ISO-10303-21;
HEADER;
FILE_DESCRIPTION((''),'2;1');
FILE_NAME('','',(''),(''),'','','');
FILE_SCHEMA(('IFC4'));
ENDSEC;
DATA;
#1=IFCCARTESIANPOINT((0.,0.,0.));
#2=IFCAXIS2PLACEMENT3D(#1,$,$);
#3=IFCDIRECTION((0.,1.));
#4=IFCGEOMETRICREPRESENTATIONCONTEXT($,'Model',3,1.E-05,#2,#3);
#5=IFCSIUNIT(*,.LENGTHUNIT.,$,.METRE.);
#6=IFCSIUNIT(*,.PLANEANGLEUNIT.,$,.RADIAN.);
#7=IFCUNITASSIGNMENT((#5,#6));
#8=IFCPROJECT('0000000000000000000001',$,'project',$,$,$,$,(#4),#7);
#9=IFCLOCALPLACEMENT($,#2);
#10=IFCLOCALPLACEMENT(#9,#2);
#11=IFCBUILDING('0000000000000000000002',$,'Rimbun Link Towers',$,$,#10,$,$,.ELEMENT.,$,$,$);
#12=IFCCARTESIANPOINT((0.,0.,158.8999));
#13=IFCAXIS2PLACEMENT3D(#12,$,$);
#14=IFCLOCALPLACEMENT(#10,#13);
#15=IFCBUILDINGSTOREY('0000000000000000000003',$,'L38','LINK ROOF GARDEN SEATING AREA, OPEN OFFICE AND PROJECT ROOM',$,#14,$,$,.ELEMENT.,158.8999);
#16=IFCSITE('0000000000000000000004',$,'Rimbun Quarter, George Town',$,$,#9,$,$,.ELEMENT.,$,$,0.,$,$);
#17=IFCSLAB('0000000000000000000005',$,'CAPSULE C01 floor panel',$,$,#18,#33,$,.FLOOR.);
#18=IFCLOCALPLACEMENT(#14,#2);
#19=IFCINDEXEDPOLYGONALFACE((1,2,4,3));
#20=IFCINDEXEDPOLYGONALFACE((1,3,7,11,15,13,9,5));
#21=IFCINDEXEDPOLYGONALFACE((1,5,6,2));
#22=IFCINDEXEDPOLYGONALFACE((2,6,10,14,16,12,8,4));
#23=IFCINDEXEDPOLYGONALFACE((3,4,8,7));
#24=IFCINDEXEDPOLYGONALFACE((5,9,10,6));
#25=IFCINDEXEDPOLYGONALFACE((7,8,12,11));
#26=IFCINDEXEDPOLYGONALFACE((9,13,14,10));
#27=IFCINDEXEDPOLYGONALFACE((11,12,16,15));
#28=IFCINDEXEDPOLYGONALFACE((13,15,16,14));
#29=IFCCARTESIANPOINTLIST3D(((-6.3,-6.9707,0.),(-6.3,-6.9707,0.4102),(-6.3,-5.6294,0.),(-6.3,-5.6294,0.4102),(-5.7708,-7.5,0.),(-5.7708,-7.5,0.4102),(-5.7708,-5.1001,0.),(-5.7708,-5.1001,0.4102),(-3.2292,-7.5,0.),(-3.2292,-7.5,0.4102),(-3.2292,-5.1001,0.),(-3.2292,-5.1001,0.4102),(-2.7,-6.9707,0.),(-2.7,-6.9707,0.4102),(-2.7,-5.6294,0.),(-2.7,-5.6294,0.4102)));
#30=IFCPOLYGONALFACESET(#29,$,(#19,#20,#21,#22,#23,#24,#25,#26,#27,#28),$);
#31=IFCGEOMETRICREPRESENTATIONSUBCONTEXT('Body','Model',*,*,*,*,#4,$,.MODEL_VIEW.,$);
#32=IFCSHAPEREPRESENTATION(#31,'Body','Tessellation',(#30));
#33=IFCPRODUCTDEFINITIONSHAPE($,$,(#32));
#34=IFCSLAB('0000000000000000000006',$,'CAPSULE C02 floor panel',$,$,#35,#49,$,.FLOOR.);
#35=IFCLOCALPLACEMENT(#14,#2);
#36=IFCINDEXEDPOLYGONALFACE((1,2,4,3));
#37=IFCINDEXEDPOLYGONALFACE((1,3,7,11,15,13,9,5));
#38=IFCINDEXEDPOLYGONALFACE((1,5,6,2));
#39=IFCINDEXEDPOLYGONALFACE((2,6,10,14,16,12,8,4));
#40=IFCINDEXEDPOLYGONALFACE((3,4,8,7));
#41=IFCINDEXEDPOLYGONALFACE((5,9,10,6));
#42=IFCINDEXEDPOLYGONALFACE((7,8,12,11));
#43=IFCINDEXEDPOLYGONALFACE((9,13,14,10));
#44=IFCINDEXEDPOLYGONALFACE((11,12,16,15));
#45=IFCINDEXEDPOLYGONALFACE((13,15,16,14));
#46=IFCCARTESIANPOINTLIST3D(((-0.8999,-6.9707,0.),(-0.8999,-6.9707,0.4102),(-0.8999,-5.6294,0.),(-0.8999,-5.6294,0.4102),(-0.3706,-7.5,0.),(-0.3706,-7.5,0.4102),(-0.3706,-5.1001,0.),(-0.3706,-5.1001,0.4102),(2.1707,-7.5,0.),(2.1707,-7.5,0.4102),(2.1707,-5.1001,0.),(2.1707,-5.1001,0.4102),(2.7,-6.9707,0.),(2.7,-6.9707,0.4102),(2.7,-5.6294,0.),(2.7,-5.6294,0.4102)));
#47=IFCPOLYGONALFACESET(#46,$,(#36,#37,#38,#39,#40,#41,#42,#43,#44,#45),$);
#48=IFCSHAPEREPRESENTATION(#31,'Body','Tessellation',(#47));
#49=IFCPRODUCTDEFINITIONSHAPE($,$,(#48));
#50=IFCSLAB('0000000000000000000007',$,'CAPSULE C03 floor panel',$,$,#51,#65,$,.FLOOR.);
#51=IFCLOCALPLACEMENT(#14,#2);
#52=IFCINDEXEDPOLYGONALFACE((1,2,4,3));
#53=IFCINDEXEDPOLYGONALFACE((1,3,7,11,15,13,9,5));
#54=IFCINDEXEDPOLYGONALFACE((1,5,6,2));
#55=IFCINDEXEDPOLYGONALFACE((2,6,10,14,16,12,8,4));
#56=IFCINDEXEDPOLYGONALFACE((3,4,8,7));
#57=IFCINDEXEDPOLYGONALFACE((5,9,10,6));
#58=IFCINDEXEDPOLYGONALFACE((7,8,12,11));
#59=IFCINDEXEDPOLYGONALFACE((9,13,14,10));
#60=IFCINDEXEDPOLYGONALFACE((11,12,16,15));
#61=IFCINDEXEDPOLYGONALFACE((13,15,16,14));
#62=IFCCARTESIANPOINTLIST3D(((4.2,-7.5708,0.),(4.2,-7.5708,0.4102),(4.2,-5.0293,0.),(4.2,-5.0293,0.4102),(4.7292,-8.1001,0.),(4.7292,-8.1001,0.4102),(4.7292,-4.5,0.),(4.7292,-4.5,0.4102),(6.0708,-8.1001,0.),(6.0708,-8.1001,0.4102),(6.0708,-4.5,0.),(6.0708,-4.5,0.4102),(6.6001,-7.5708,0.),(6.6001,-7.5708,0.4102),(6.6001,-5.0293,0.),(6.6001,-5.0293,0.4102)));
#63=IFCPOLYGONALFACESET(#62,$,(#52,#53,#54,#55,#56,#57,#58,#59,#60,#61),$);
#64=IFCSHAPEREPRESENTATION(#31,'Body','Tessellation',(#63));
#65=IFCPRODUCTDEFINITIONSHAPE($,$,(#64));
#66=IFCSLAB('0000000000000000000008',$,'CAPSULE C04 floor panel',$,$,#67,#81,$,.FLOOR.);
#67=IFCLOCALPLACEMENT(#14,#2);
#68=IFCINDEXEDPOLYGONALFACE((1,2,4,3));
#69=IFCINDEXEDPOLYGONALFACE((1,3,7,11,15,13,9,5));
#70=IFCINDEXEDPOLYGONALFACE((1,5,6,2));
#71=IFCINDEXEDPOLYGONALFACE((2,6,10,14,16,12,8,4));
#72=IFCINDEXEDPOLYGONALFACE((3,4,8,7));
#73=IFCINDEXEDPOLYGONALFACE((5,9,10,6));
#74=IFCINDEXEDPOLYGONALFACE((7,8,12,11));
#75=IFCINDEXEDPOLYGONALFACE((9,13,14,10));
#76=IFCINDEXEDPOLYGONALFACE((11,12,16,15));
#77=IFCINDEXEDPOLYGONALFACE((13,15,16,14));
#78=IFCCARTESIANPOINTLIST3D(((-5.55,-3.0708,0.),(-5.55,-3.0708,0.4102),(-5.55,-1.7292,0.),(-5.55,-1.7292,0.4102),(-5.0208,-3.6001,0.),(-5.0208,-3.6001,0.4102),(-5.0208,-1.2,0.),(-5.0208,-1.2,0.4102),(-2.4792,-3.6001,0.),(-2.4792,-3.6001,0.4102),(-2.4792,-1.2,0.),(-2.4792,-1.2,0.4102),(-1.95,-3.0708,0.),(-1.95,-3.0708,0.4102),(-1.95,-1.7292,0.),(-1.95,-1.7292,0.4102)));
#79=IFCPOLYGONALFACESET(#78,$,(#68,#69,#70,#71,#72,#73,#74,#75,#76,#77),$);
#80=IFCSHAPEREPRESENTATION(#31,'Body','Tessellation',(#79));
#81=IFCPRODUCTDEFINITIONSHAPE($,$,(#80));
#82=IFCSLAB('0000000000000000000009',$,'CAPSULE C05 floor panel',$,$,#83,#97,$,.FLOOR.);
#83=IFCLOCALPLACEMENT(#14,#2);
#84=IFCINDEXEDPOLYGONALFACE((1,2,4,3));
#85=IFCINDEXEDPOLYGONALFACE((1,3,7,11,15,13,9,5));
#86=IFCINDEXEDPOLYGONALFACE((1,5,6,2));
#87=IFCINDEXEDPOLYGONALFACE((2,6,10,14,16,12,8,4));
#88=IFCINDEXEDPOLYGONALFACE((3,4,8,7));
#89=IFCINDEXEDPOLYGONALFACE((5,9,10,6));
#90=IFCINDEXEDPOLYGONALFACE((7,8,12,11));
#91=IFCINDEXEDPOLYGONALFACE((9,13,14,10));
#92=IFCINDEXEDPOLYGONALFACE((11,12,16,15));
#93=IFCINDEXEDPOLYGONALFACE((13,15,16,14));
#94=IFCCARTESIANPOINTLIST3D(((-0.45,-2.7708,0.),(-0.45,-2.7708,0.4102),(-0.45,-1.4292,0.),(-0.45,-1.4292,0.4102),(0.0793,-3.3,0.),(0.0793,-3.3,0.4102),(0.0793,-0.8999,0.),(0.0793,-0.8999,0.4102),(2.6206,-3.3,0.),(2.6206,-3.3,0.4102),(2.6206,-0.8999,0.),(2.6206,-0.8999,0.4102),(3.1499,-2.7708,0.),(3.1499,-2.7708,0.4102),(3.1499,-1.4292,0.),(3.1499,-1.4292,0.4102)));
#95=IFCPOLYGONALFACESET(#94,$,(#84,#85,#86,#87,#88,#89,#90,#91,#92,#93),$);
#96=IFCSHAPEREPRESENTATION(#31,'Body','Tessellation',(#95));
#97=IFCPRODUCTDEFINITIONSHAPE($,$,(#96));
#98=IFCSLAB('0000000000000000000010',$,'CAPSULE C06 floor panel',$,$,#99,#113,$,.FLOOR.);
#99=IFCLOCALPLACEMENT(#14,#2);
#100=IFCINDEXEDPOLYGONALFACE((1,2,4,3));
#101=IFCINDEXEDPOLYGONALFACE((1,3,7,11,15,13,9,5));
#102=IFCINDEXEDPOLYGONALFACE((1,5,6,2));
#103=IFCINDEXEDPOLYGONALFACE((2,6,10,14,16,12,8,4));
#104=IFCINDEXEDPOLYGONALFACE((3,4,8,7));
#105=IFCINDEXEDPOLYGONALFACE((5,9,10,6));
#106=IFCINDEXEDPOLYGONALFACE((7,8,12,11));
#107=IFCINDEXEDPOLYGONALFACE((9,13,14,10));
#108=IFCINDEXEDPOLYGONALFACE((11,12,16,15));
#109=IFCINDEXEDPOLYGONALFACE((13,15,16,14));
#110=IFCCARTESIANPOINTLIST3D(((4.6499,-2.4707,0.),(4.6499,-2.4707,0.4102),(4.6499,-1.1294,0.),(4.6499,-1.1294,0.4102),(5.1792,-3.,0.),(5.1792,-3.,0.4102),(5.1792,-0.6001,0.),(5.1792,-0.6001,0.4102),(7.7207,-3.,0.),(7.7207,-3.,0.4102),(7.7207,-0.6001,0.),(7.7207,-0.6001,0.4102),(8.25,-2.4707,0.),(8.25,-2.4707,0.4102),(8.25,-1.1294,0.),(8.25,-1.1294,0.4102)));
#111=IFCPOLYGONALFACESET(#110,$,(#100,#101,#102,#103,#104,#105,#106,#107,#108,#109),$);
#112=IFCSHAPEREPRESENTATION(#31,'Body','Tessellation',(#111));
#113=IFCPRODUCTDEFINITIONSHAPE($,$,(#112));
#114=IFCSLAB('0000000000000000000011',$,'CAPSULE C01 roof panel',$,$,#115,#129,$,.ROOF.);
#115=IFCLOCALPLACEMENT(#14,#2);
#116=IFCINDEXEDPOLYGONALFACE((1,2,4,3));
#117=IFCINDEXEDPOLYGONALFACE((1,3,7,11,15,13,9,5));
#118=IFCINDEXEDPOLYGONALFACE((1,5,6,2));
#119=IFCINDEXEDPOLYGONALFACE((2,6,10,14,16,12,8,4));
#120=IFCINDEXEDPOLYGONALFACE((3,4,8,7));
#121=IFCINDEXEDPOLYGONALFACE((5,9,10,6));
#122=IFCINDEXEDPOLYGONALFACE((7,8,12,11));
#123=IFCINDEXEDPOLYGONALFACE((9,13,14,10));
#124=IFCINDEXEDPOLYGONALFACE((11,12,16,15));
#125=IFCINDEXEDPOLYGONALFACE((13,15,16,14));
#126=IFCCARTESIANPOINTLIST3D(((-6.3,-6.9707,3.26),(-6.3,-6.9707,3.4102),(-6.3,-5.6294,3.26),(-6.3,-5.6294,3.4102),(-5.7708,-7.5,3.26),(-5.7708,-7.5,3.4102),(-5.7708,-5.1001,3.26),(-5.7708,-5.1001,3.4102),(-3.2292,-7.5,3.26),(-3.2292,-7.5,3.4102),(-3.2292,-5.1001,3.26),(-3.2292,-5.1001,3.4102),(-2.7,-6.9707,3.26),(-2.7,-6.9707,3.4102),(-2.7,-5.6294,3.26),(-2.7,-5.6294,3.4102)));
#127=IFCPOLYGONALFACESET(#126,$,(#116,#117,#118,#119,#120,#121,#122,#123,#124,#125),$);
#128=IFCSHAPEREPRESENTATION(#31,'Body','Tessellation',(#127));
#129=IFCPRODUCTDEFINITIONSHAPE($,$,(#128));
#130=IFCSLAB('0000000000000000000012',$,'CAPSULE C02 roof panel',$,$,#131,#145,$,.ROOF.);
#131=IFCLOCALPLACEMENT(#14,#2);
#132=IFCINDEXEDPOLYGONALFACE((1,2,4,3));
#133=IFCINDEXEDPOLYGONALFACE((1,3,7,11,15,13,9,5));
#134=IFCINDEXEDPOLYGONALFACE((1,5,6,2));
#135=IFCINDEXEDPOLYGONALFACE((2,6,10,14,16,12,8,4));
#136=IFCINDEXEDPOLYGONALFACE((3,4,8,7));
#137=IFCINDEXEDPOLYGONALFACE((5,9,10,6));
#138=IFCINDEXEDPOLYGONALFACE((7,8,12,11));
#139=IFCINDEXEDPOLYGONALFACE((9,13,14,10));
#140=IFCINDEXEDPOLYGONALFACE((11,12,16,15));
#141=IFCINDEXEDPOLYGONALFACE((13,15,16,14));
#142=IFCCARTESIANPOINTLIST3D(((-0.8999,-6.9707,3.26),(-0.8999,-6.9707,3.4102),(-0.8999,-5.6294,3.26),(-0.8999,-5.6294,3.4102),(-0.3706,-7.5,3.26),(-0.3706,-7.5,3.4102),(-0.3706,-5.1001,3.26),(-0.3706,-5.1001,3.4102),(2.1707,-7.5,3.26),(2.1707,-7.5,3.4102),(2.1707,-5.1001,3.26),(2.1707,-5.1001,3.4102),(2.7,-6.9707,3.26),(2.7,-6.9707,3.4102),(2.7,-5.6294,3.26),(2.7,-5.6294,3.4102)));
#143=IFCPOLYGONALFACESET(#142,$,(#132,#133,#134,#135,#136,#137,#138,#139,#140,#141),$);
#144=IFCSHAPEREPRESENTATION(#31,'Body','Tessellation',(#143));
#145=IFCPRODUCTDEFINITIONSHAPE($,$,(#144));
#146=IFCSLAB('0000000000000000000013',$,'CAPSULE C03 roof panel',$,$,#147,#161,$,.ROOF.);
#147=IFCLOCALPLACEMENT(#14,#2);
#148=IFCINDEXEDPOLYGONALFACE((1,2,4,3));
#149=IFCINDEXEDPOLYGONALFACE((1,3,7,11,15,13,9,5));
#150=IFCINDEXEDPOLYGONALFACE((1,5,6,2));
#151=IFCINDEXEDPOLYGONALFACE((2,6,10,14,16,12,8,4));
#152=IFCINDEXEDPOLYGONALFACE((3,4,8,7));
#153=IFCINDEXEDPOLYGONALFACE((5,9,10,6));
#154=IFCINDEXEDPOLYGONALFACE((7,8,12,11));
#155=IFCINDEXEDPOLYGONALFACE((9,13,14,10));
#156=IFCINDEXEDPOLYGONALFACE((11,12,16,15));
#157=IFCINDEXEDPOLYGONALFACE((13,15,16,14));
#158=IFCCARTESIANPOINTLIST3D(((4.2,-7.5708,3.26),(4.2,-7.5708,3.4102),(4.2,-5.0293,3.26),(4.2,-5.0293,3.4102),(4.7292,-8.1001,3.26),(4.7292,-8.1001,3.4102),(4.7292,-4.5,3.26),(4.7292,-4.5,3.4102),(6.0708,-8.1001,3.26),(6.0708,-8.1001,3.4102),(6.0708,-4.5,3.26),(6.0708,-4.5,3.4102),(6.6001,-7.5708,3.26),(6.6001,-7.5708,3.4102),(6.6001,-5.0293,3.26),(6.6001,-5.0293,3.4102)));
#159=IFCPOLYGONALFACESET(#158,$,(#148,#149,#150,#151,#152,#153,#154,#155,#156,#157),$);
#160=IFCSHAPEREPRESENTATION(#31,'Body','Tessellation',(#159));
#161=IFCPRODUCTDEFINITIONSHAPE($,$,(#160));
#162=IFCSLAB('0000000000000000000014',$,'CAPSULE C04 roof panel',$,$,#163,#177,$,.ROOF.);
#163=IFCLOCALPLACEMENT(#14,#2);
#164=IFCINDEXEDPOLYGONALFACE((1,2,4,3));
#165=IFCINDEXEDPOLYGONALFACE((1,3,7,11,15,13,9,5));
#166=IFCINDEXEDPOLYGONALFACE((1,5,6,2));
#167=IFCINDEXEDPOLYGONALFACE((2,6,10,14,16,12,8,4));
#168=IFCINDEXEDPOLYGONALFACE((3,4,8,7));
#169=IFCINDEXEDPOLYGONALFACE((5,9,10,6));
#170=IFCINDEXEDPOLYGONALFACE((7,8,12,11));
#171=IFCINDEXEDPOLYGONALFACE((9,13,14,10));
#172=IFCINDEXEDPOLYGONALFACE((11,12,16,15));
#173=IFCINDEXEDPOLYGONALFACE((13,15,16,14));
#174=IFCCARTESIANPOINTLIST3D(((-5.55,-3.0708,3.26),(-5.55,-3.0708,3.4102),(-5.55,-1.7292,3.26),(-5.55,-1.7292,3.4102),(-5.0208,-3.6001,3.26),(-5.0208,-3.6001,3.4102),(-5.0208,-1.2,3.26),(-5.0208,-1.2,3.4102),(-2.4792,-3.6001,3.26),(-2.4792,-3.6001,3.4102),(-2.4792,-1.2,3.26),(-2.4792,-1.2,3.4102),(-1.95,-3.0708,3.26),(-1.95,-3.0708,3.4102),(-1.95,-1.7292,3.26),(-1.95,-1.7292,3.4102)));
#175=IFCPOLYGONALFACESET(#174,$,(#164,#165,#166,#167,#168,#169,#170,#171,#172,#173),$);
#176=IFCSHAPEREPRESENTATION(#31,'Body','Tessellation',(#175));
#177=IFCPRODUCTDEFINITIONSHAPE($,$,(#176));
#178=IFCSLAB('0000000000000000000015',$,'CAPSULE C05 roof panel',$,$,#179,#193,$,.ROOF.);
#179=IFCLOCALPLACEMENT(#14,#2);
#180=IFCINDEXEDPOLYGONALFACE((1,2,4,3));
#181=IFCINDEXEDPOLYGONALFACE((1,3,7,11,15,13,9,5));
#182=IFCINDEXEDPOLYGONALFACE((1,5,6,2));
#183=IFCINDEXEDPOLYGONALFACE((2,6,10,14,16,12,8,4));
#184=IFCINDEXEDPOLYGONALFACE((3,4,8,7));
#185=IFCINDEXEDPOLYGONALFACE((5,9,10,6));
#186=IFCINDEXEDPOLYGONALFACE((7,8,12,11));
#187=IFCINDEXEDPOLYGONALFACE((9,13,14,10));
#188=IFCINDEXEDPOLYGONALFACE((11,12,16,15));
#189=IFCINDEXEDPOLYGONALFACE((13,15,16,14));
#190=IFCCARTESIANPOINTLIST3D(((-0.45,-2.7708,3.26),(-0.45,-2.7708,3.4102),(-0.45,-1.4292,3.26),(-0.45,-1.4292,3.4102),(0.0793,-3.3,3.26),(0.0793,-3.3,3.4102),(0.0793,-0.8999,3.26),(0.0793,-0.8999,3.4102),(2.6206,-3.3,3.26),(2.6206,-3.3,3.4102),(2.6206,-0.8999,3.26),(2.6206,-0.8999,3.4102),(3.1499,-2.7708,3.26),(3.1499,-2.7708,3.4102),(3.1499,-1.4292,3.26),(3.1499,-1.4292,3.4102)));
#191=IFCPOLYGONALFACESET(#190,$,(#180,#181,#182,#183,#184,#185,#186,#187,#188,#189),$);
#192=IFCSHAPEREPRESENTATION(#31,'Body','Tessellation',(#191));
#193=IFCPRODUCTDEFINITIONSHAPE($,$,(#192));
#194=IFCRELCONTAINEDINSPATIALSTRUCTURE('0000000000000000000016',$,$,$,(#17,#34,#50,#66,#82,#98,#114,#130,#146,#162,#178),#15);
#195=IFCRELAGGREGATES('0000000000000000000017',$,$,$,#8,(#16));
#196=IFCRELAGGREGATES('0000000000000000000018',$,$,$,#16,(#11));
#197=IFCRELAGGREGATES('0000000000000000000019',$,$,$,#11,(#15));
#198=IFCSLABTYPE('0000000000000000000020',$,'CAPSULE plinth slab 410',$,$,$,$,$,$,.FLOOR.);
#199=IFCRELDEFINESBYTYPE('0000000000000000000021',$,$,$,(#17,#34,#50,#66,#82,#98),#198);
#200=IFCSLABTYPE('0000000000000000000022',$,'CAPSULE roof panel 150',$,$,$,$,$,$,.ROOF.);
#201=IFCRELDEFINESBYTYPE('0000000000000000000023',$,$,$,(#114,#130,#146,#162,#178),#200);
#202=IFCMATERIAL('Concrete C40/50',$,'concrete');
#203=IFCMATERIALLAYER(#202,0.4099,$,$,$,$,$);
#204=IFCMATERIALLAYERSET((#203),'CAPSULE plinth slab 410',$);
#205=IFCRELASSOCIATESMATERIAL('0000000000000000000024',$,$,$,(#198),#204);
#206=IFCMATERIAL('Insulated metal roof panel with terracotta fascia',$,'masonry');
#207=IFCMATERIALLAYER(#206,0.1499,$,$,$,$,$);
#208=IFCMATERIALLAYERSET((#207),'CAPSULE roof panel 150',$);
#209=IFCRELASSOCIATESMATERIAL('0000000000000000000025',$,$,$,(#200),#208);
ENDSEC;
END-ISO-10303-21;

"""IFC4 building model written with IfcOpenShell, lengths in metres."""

from ifc_helpers import new_model, si_unit, direction, frame, origin, place, context, subcontext, project, spatial, polyline, outline, extrude, material, layer, layer_set, type_object, element, save


model = new_model("IFC4")

# Units and contexts
model_context = context("Model", 3, precision=1e-05, world=origin(), true_north=direction((0.0, 1.0)))
body_context = subcontext(model_context, "Body", "Model", "MODEL_VIEW")
ifc_project = project(units=[si_unit("LENGTHUNIT", "METRE"), si_unit("PLANEANGLEUNIT", "RADIAN")], contexts=[model_context])

# Site, building, storey
site_placement = place(None, origin())
site = spatial("IfcSite", under=ifc_project, at=site_placement, Name="Rimbun Quarter, George Town", CompositionType="ELEMENT", RefElevation=0.0)
building_placement = place(site_placement, origin())
building = spatial("IfcBuilding", under=site, at=building_placement, Name="Rimbun Link Towers", CompositionType="ELEMENT")
storey_placement = place(building_placement, frame((0.0, 0.0, 158.8999)))
storey = spatial("IfcBuildingStorey", under=building, at=storey_placement, Name="L38", Description="LINK ROOF GARDEN SEATING AREA, OPEN OFFICE AND PROJECT ROOM", CompositionType="ELEMENT", Elevation=158.8999)

# Slabs
ifc_material_1 = material(Name="Concrete C40/50", Category="concrete")
ifc_layer_1 = layer(ifc_material_1, 0.4099)
ifc_layer_set_1 = layer_set([ifc_layer_1], Name="CAPSULE plinth slab 410")
slab_type_1 = type_object("IfcSlabType", Name="CAPSULE plinth slab 410", PredefinedType="FLOOR", material=ifc_layer_set_1)
slab_1_placement = place(storey_placement, origin())
element("IfcSlab", 1, at=slab_1_placement, inside=storey, type_object=slab_type_1, Name="CAPSULE C01 floor panel", PredefinedType="FLOOR", context=body_context, shape_type="SweptSolid", body=[
    extrude(outline(polyline([(-2.7, -5.6294), (-3.2292, -5.1001), (-5.7708, -5.1001), (-6.3, -5.6294), (-6.3, -6.9707), (-5.7708, -7.5), (-3.2292, -7.5), (-2.7, -6.9707), (-2.7, -5.6294)])), origin(), (0.0, 0.0, 1.0), 0.4102),
])
slab_2_placement = place(storey_placement, origin())
element("IfcSlab", 2, at=slab_2_placement, inside=storey, type_object=slab_type_1, Name="CAPSULE C02 floor panel", PredefinedType="FLOOR", context=body_context, shape_type="SweptSolid", body=[
    extrude(outline(polyline([(2.7, -5.6294), (2.1707, -5.1001), (-0.3706, -5.1001), (-0.8999, -5.6294), (-0.8999, -6.9707), (-0.3706, -7.5), (2.1707, -7.5), (2.7, -6.9707), (2.7, -5.6294)])), origin(), (0.0, 0.0, 1.0), 0.4102),
])
slab_3_placement = place(storey_placement, origin())
element("IfcSlab", 3, at=slab_3_placement, inside=storey, type_object=slab_type_1, Name="CAPSULE C03 floor panel", PredefinedType="FLOOR", context=body_context, shape_type="SweptSolid", body=[
    extrude(outline(polyline([(4.7292, -4.5), (4.2, -5.0293), (4.2, -7.5708), (4.7292, -8.1001), (6.0708, -8.1001), (6.6001, -7.5708), (6.6001, -5.0293), (6.0708, -4.5), (4.7292, -4.5)])), origin(), (0.0, 0.0, 1.0), 0.4102),
])
slab_4_placement = place(storey_placement, origin())
element("IfcSlab", 4, at=slab_4_placement, inside=storey, type_object=slab_type_1, Name="CAPSULE C04 floor panel", PredefinedType="FLOOR", context=body_context, shape_type="SweptSolid", body=[
    extrude(outline(polyline([(-1.95, -1.7292), (-2.4792, -1.2), (-5.0208, -1.2), (-5.55, -1.7292), (-5.55, -3.0708), (-5.0208, -3.6001), (-2.4792, -3.6001), (-1.95, -3.0708), (-1.95, -1.7292)])), origin(), (0.0, 0.0, 1.0), 0.4102),
])
slab_5_placement = place(storey_placement, origin())
element("IfcSlab", 5, at=slab_5_placement, inside=storey, type_object=slab_type_1, Name="CAPSULE C05 floor panel", PredefinedType="FLOOR", context=body_context, shape_type="SweptSolid", body=[
    extrude(outline(polyline([(3.1499, -1.4292), (2.6206, -0.8999), (0.0793, -0.8999), (-0.45, -1.4292), (-0.45, -2.7708), (0.0793, -3.3), (2.6206, -3.3), (3.1499, -2.7708), (3.1499, -1.4292)])), origin(), (0.0, 0.0, 1.0), 0.4102),
])
slab_6_placement = place(storey_placement, origin())
element("IfcSlab", 6, at=slab_6_placement, inside=storey, type_object=slab_type_1, Name="CAPSULE C06 floor panel", PredefinedType="FLOOR", context=body_context, shape_type="SweptSolid", body=[
    extrude(outline(polyline([(8.25, -1.1294), (7.7207, -0.6001), (5.1792, -0.6001), (4.6499, -1.1294), (4.6499, -2.4707), (5.1792, -3.0), (7.7207, -3.0), (8.25, -2.4707), (8.25, -1.1294)])), origin(), (0.0, 0.0, 1.0), 0.4102),
])
ifc_material_2 = material(Name="Insulated metal roof panel with terracotta fascia", Category="masonry")
ifc_layer_2 = layer(ifc_material_2, 0.1499)
ifc_layer_set_2 = layer_set([ifc_layer_2], Name="CAPSULE roof panel 150")
slab_type_2 = type_object("IfcSlabType", Name="CAPSULE roof panel 150", PredefinedType="ROOF", material=ifc_layer_set_2)
slab_7_placement = place(storey_placement, frame((0.0, 0.0, 3.26)))
element("IfcSlab", 7, at=slab_7_placement, inside=storey, type_object=slab_type_2, Name="CAPSULE C01 roof panel", PredefinedType="ROOF", context=body_context, shape_type="SweptSolid", body=[
    extrude(outline(polyline([(-2.7, -5.6294), (-3.2292, -5.1001), (-5.7708, -5.1001), (-6.3, -5.6294), (-6.3, -6.9707), (-5.7708, -7.5), (-3.2292, -7.5), (-2.7, -6.9707), (-2.7, -5.6294)])), origin(), (0.0, 0.0, 1.0), 0.1501),
])
slab_8_placement = place(storey_placement, frame((0.0, 0.0, 3.26)))
element("IfcSlab", 8, at=slab_8_placement, inside=storey, type_object=slab_type_2, Name="CAPSULE C02 roof panel", PredefinedType="ROOF", context=body_context, shape_type="SweptSolid", body=[
    extrude(outline(polyline([(2.7, -5.6294), (2.1707, -5.1001), (-0.3706, -5.1001), (-0.8999, -5.6294), (-0.8999, -6.9707), (-0.3706, -7.5), (2.1707, -7.5), (2.7, -6.9707), (2.7, -5.6294)])), origin(), (0.0, 0.0, 1.0), 0.1501),
])
slab_9_placement = place(storey_placement, frame((0.0, 0.0, 3.26)))
element("IfcSlab", 9, at=slab_9_placement, inside=storey, type_object=slab_type_2, Name="CAPSULE C03 roof panel", PredefinedType="ROOF", context=body_context, shape_type="SweptSolid", body=[
    extrude(outline(polyline([(4.7292, -4.5), (4.2, -5.0293), (4.2, -7.5708), (4.7292, -8.1001), (6.0708, -8.1001), (6.6001, -7.5708), (6.6001, -5.0293), (6.0708, -4.5), (4.7292, -4.5)])), origin(), (0.0, 0.0, 1.0), 0.1501),
])
slab_10_placement = place(storey_placement, frame((0.0, 0.0, 3.26)))
element("IfcSlab", 10, at=slab_10_placement, inside=storey, type_object=slab_type_2, Name="CAPSULE C04 roof panel", PredefinedType="ROOF", context=body_context, shape_type="SweptSolid", body=[
    extrude(outline(polyline([(-1.95, -1.7292), (-2.4792, -1.2), (-5.0208, -1.2), (-5.55, -1.7292), (-5.55, -3.0708), (-5.0208, -3.6001), (-2.4792, -3.6001), (-1.95, -3.0708), (-1.95, -1.7292)])), origin(), (0.0, 0.0, 1.0), 0.1501),
])
slab_11_placement = place(storey_placement, frame((0.0, 0.0, 3.26)))
element("IfcSlab", 11, at=slab_11_placement, inside=storey, type_object=slab_type_2, Name="CAPSULE C05 roof panel", PredefinedType="ROOF", context=body_context, shape_type="SweptSolid", body=[
    extrude(outline(polyline([(3.1499, -1.4292), (2.6206, -0.8999), (0.0793, -0.8999), (-0.45, -1.4292), (-0.45, -2.7708), (0.0793, -3.3), (2.6206, -3.3), (3.1499, -2.7708), (3.1499, -1.4292)])), origin(), (0.0, 0.0, 1.0), 0.1501),
])

save(model, "model.ifc")
